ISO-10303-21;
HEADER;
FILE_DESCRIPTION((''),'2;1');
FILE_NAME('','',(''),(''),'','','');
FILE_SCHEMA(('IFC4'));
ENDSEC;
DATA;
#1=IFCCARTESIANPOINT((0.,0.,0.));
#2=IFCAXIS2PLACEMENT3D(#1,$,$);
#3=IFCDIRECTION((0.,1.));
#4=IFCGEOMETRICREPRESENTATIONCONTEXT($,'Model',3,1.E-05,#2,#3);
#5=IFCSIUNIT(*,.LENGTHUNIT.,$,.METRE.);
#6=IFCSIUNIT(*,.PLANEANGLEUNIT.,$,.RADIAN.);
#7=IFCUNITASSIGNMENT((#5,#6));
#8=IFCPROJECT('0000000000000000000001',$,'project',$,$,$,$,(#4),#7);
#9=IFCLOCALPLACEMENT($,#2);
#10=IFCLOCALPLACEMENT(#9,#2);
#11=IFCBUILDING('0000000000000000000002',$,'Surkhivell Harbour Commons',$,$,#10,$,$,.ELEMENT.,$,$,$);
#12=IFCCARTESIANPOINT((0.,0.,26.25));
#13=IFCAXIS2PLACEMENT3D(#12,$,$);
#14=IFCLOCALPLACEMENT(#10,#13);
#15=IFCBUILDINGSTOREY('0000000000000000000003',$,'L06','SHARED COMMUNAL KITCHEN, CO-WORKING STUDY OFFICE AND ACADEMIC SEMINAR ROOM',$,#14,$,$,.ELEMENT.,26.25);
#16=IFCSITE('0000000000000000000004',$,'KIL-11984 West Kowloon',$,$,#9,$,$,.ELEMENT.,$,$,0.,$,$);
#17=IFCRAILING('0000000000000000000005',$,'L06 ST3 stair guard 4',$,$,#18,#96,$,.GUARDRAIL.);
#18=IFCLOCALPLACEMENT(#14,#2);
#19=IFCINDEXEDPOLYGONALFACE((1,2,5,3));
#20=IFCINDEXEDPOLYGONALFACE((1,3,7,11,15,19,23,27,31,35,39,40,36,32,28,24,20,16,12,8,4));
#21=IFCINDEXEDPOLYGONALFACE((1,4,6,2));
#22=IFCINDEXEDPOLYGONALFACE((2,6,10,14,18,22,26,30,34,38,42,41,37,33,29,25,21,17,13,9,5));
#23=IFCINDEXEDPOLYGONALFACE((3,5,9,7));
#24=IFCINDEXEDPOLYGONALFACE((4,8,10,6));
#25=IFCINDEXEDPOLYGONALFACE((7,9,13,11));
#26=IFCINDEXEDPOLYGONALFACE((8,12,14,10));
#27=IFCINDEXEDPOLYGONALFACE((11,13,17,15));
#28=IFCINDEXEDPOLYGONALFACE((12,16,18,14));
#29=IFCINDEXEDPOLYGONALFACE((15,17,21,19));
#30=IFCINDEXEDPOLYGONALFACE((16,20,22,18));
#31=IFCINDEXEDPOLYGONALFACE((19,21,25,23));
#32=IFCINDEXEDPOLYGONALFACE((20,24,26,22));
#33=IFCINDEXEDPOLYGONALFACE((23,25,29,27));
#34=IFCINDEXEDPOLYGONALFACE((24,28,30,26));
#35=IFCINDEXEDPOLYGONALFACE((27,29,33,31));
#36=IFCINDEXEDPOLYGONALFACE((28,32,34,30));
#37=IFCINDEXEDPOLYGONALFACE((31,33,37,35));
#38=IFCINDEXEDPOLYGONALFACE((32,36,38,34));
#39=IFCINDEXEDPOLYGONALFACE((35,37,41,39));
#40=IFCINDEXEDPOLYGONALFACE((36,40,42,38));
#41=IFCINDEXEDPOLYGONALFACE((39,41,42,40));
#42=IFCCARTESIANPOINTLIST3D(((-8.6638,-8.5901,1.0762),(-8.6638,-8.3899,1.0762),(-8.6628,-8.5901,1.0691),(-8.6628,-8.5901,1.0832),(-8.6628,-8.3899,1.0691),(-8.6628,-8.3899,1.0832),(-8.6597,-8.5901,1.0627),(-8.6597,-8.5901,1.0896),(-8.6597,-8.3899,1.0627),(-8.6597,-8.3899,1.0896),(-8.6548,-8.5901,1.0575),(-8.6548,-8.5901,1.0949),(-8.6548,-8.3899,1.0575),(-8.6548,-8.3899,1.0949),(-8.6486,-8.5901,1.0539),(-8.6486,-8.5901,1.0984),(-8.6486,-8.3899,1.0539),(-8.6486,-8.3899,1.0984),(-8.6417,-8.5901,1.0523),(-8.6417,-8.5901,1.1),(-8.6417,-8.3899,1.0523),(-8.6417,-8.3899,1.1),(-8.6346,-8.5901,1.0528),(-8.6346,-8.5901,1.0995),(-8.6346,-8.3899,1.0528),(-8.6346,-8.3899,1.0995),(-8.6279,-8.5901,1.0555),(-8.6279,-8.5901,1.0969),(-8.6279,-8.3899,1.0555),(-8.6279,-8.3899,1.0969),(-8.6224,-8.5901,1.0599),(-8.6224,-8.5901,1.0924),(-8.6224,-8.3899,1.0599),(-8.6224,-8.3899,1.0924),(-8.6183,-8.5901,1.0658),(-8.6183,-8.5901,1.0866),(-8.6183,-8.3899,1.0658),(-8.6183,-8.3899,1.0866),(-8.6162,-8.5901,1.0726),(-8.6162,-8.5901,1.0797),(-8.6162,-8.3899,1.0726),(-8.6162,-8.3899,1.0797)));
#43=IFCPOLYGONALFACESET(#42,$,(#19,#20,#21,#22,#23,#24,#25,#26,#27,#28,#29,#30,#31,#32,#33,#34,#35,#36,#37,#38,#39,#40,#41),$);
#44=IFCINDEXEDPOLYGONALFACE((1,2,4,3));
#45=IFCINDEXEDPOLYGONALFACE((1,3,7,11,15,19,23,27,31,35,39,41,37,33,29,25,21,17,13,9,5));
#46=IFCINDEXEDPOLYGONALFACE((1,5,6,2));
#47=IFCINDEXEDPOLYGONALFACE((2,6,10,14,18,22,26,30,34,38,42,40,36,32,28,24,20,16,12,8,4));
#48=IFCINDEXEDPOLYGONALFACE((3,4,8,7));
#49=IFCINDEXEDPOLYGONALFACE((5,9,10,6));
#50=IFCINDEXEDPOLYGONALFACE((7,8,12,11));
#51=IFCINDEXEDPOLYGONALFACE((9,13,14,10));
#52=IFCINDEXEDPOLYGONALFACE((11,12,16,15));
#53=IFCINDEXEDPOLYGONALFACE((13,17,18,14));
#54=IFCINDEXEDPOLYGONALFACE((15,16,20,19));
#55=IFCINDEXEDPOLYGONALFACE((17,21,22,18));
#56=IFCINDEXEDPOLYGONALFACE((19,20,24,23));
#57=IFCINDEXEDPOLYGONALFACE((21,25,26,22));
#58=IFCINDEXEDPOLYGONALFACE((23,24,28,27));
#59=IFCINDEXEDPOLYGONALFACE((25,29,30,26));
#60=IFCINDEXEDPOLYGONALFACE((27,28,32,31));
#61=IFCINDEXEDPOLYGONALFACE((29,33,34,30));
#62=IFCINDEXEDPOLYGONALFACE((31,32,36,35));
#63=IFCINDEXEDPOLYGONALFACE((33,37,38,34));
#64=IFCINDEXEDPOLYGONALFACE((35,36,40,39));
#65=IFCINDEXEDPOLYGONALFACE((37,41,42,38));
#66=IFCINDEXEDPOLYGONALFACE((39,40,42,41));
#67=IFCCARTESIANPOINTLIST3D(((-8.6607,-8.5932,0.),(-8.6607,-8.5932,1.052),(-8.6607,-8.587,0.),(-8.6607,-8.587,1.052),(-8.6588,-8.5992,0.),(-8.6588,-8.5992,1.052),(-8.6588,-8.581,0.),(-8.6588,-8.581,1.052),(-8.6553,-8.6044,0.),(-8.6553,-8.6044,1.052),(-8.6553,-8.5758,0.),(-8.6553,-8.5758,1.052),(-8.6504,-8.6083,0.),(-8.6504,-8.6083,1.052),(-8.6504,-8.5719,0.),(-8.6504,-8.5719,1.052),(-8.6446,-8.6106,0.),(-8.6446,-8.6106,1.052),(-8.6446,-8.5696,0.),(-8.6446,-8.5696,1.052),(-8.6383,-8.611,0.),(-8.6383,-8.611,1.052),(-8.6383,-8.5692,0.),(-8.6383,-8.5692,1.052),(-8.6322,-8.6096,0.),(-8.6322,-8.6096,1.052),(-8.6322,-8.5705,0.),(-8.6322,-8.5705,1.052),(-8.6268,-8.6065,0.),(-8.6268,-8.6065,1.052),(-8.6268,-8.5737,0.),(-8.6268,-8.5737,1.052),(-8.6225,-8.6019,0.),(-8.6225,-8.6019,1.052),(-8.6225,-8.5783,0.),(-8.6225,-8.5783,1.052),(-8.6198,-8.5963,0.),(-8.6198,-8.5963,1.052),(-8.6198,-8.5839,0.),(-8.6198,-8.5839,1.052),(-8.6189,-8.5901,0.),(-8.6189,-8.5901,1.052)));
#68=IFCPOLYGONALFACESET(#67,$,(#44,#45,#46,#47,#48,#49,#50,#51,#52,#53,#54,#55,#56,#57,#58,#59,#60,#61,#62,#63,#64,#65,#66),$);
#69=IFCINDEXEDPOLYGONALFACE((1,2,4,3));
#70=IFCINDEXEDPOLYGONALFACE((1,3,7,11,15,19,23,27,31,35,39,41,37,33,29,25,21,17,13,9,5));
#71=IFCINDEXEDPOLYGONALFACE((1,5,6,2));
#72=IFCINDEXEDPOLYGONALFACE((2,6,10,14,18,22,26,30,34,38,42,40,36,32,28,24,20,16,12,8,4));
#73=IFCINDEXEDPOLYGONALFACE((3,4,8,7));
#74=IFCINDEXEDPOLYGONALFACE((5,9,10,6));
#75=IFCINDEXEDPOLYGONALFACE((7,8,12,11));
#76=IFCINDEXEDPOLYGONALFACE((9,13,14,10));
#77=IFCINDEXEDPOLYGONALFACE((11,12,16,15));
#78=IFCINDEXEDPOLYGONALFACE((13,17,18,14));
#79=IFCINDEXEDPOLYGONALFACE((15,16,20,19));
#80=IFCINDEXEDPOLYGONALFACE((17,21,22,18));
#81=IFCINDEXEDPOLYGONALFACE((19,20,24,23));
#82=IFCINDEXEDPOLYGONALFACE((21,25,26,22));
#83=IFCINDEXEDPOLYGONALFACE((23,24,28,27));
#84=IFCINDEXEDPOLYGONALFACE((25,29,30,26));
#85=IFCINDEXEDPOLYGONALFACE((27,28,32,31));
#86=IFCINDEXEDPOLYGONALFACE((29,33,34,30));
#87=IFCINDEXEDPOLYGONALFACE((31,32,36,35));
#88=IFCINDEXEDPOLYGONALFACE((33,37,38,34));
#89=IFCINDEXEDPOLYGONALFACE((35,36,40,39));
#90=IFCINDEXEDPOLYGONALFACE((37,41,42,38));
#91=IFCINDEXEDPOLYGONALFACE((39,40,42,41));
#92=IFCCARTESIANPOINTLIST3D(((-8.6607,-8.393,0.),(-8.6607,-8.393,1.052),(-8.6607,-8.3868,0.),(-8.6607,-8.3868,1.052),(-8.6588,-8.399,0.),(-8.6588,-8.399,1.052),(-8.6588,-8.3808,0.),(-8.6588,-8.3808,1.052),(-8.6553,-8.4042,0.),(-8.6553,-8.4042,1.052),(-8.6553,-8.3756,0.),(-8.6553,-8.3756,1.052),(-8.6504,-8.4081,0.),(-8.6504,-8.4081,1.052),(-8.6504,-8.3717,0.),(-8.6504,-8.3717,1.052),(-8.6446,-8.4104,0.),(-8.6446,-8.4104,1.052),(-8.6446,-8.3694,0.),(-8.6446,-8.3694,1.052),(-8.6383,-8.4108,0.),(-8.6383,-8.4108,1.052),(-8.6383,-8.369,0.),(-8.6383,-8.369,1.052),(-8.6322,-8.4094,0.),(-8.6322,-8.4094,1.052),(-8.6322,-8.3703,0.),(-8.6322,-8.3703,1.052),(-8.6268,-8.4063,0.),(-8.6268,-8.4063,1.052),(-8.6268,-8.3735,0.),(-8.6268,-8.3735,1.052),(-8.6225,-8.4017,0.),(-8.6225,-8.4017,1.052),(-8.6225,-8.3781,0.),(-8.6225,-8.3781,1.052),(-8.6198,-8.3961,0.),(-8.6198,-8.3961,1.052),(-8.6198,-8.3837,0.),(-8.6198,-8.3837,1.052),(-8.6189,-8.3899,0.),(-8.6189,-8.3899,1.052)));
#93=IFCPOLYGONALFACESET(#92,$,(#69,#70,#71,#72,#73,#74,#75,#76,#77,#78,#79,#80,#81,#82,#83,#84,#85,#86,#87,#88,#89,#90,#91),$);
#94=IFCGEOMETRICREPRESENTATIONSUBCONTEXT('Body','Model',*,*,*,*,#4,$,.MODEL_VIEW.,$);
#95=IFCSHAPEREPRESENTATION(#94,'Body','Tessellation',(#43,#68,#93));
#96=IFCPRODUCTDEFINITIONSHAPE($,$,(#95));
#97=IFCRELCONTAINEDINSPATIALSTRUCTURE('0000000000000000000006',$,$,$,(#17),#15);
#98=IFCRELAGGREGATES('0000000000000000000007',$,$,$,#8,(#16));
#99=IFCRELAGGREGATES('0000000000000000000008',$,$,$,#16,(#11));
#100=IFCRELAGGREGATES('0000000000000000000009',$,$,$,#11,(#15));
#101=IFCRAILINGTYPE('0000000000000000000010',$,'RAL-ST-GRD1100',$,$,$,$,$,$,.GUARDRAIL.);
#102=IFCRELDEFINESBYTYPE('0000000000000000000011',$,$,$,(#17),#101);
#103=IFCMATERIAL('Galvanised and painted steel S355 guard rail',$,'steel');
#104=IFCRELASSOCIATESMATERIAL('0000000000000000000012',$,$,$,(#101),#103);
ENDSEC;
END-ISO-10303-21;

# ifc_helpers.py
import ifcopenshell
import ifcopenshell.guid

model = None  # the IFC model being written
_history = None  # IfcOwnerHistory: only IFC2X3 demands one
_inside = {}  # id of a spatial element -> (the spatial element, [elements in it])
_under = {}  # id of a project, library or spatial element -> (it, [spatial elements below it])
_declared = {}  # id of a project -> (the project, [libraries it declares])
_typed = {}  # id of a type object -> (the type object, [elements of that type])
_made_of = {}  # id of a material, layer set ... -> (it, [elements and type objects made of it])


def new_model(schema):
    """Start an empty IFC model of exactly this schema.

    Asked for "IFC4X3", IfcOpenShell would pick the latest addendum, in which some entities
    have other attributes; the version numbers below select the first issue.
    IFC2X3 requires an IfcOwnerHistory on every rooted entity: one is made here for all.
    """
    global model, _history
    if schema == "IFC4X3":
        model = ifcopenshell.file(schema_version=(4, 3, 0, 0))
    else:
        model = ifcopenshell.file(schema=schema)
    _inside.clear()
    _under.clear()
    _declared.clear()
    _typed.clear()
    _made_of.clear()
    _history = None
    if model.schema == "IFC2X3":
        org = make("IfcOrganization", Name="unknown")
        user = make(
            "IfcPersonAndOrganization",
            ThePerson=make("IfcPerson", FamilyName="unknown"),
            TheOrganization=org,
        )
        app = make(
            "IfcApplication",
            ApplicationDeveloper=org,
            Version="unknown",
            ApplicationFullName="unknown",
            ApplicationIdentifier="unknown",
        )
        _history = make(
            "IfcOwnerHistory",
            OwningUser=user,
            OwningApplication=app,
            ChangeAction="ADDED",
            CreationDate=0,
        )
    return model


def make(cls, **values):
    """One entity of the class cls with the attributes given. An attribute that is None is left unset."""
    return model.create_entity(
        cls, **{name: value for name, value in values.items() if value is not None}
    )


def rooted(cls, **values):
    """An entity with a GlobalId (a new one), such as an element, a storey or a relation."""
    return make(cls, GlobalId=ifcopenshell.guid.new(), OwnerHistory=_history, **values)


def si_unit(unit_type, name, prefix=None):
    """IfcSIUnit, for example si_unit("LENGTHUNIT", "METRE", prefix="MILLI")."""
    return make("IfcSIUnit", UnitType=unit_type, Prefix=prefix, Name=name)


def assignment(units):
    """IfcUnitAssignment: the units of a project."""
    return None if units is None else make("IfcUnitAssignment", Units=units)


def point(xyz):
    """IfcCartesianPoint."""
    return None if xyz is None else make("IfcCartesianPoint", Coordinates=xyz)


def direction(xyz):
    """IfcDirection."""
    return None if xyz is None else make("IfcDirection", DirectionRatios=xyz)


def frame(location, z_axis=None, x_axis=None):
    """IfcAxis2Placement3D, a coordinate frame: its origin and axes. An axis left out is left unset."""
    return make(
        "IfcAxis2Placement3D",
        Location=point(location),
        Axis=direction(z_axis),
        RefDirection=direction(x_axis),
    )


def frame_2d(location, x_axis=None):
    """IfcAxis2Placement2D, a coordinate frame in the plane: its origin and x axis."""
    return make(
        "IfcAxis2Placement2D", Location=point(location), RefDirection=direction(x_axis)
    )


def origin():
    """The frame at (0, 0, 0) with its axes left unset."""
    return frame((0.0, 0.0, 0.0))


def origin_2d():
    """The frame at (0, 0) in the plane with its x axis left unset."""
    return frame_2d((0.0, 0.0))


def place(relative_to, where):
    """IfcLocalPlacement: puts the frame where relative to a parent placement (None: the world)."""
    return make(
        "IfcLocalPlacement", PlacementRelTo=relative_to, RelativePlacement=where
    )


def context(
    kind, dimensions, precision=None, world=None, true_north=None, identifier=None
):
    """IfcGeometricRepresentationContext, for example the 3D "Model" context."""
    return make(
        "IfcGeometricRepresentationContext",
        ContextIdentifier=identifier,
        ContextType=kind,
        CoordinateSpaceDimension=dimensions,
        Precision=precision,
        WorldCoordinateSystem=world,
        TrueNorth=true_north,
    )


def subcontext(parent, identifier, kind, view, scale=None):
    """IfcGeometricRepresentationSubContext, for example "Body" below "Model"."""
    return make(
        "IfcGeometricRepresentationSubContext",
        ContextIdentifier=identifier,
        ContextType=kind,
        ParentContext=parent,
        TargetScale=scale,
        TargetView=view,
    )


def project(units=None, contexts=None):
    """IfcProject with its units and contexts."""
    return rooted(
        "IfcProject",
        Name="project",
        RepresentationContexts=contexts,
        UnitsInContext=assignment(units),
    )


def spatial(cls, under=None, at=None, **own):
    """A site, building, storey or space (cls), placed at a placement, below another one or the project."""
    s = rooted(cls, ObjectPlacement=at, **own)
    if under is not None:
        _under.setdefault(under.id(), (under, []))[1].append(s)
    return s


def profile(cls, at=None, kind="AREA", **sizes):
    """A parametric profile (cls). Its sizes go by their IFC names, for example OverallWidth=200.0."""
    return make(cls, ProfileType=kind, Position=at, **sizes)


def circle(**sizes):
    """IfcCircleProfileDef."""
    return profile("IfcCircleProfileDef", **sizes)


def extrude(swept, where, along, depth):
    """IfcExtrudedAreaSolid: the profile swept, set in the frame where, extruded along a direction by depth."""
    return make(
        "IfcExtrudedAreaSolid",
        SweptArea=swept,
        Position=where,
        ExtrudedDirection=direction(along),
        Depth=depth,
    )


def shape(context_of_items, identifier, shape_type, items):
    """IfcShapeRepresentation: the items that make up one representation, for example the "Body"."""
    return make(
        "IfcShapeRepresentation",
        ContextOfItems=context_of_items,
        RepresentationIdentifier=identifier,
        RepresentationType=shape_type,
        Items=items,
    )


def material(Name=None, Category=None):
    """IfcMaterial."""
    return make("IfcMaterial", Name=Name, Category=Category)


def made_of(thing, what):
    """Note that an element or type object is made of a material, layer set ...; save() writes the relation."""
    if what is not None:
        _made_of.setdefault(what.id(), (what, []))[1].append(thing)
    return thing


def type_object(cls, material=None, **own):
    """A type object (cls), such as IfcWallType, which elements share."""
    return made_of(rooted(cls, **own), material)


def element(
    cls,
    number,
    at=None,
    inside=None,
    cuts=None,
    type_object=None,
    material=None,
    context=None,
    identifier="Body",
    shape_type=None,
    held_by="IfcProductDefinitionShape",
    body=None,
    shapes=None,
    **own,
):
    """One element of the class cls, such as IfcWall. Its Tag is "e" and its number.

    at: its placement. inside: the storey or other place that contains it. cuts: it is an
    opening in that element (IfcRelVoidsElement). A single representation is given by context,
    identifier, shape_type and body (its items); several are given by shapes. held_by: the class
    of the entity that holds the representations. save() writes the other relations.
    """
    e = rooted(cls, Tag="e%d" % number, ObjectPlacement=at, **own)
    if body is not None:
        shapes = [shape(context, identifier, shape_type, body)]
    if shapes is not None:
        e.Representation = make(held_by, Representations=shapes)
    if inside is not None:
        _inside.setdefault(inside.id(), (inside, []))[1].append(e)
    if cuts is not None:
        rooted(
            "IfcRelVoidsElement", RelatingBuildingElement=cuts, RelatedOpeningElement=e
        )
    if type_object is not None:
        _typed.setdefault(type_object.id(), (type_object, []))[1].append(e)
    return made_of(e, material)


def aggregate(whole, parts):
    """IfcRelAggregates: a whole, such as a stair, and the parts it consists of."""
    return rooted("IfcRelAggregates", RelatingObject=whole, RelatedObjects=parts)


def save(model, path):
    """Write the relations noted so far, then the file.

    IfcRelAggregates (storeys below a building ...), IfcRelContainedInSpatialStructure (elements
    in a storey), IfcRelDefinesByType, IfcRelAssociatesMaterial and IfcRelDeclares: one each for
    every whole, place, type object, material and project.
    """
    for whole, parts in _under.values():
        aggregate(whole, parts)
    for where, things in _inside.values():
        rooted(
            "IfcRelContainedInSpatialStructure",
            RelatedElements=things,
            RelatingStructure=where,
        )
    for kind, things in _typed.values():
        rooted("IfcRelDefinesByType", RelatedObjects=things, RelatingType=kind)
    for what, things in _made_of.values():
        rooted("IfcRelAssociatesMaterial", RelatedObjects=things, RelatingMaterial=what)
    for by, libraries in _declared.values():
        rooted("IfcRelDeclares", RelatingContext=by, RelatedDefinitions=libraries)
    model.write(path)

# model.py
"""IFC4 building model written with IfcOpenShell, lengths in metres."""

from ifc_helpers import new_model, si_unit, direction, frame, origin, origin_2d, place, context, subcontext, project, spatial, circle, extrude, material, type_object, element, save


model = new_model("IFC4")

# Units and contexts
model_context = context("Model", 3, precision=1e-05, world=origin(), true_north=direction((0.0, 1.0)))
body_context = subcontext(model_context, "Body", "Model", "MODEL_VIEW")
ifc_project = project(units=[si_unit("LENGTHUNIT", "METRE"), si_unit("PLANEANGLEUNIT", "RADIAN")], contexts=[model_context])

# Site, building, storey
site_placement = place(None, origin())
site = spatial("IfcSite", under=ifc_project, at=site_placement, Name="KIL-11984 West Kowloon", CompositionType="ELEMENT", RefElevation=0.0)
building_placement = place(site_placement, origin())
building = spatial("IfcBuilding", under=site, at=building_placement, Name="Surkhivell Harbour Commons", CompositionType="ELEMENT")
storey_placement = place(building_placement, frame((0.0, 0.0, 26.25)))
storey = spatial("IfcBuildingStorey", under=building, at=storey_placement, Name="L06", Description="SHARED COMMUNAL KITCHEN, CO-WORKING STUDY OFFICE AND ACADEMIC SEMINAR ROOM", CompositionType="ELEMENT", Elevation=26.25)

# Railing
ifc_material_1 = material(Name="Galvanised and painted steel S355 guard rail", Category="steel")
railing_type_1 = type_object("IfcRailingType", Name="RAL-ST-GRD1100", PredefinedType="GUARDRAIL", material=ifc_material_1)
railing_1_placement = place(storey_placement, frame((-8.6399, -8.5901, 0.0)))
element("IfcRailing", 1, at=railing_1_placement, inside=storey, type_object=railing_type_1, Name="L06 ST3 stair guard 4", PredefinedType="GUARDRAIL", context=body_context, shape_type="SweptSolid", body=[
    extrude(circle(Radius=0.0239, at=origin_2d()), frame((0.0, 0.0, 1.0762), z_axis=(0.0, 1.0, 0.0), x_axis=(-1.0, 0.0, 0.0)), (0.0, 0.0, 1.0), 0.2002),
    extrude(circle(Radius=0.021, at=origin_2d()), origin(), (0.0, 0.0, 1.0), 1.052),
    extrude(circle(Radius=0.021, at=origin_2d()), frame((0.0, 0.2002, 0.0)), (0.0, 0.0, 1.0), 1.052),
])

save(model, "model.ifc")
